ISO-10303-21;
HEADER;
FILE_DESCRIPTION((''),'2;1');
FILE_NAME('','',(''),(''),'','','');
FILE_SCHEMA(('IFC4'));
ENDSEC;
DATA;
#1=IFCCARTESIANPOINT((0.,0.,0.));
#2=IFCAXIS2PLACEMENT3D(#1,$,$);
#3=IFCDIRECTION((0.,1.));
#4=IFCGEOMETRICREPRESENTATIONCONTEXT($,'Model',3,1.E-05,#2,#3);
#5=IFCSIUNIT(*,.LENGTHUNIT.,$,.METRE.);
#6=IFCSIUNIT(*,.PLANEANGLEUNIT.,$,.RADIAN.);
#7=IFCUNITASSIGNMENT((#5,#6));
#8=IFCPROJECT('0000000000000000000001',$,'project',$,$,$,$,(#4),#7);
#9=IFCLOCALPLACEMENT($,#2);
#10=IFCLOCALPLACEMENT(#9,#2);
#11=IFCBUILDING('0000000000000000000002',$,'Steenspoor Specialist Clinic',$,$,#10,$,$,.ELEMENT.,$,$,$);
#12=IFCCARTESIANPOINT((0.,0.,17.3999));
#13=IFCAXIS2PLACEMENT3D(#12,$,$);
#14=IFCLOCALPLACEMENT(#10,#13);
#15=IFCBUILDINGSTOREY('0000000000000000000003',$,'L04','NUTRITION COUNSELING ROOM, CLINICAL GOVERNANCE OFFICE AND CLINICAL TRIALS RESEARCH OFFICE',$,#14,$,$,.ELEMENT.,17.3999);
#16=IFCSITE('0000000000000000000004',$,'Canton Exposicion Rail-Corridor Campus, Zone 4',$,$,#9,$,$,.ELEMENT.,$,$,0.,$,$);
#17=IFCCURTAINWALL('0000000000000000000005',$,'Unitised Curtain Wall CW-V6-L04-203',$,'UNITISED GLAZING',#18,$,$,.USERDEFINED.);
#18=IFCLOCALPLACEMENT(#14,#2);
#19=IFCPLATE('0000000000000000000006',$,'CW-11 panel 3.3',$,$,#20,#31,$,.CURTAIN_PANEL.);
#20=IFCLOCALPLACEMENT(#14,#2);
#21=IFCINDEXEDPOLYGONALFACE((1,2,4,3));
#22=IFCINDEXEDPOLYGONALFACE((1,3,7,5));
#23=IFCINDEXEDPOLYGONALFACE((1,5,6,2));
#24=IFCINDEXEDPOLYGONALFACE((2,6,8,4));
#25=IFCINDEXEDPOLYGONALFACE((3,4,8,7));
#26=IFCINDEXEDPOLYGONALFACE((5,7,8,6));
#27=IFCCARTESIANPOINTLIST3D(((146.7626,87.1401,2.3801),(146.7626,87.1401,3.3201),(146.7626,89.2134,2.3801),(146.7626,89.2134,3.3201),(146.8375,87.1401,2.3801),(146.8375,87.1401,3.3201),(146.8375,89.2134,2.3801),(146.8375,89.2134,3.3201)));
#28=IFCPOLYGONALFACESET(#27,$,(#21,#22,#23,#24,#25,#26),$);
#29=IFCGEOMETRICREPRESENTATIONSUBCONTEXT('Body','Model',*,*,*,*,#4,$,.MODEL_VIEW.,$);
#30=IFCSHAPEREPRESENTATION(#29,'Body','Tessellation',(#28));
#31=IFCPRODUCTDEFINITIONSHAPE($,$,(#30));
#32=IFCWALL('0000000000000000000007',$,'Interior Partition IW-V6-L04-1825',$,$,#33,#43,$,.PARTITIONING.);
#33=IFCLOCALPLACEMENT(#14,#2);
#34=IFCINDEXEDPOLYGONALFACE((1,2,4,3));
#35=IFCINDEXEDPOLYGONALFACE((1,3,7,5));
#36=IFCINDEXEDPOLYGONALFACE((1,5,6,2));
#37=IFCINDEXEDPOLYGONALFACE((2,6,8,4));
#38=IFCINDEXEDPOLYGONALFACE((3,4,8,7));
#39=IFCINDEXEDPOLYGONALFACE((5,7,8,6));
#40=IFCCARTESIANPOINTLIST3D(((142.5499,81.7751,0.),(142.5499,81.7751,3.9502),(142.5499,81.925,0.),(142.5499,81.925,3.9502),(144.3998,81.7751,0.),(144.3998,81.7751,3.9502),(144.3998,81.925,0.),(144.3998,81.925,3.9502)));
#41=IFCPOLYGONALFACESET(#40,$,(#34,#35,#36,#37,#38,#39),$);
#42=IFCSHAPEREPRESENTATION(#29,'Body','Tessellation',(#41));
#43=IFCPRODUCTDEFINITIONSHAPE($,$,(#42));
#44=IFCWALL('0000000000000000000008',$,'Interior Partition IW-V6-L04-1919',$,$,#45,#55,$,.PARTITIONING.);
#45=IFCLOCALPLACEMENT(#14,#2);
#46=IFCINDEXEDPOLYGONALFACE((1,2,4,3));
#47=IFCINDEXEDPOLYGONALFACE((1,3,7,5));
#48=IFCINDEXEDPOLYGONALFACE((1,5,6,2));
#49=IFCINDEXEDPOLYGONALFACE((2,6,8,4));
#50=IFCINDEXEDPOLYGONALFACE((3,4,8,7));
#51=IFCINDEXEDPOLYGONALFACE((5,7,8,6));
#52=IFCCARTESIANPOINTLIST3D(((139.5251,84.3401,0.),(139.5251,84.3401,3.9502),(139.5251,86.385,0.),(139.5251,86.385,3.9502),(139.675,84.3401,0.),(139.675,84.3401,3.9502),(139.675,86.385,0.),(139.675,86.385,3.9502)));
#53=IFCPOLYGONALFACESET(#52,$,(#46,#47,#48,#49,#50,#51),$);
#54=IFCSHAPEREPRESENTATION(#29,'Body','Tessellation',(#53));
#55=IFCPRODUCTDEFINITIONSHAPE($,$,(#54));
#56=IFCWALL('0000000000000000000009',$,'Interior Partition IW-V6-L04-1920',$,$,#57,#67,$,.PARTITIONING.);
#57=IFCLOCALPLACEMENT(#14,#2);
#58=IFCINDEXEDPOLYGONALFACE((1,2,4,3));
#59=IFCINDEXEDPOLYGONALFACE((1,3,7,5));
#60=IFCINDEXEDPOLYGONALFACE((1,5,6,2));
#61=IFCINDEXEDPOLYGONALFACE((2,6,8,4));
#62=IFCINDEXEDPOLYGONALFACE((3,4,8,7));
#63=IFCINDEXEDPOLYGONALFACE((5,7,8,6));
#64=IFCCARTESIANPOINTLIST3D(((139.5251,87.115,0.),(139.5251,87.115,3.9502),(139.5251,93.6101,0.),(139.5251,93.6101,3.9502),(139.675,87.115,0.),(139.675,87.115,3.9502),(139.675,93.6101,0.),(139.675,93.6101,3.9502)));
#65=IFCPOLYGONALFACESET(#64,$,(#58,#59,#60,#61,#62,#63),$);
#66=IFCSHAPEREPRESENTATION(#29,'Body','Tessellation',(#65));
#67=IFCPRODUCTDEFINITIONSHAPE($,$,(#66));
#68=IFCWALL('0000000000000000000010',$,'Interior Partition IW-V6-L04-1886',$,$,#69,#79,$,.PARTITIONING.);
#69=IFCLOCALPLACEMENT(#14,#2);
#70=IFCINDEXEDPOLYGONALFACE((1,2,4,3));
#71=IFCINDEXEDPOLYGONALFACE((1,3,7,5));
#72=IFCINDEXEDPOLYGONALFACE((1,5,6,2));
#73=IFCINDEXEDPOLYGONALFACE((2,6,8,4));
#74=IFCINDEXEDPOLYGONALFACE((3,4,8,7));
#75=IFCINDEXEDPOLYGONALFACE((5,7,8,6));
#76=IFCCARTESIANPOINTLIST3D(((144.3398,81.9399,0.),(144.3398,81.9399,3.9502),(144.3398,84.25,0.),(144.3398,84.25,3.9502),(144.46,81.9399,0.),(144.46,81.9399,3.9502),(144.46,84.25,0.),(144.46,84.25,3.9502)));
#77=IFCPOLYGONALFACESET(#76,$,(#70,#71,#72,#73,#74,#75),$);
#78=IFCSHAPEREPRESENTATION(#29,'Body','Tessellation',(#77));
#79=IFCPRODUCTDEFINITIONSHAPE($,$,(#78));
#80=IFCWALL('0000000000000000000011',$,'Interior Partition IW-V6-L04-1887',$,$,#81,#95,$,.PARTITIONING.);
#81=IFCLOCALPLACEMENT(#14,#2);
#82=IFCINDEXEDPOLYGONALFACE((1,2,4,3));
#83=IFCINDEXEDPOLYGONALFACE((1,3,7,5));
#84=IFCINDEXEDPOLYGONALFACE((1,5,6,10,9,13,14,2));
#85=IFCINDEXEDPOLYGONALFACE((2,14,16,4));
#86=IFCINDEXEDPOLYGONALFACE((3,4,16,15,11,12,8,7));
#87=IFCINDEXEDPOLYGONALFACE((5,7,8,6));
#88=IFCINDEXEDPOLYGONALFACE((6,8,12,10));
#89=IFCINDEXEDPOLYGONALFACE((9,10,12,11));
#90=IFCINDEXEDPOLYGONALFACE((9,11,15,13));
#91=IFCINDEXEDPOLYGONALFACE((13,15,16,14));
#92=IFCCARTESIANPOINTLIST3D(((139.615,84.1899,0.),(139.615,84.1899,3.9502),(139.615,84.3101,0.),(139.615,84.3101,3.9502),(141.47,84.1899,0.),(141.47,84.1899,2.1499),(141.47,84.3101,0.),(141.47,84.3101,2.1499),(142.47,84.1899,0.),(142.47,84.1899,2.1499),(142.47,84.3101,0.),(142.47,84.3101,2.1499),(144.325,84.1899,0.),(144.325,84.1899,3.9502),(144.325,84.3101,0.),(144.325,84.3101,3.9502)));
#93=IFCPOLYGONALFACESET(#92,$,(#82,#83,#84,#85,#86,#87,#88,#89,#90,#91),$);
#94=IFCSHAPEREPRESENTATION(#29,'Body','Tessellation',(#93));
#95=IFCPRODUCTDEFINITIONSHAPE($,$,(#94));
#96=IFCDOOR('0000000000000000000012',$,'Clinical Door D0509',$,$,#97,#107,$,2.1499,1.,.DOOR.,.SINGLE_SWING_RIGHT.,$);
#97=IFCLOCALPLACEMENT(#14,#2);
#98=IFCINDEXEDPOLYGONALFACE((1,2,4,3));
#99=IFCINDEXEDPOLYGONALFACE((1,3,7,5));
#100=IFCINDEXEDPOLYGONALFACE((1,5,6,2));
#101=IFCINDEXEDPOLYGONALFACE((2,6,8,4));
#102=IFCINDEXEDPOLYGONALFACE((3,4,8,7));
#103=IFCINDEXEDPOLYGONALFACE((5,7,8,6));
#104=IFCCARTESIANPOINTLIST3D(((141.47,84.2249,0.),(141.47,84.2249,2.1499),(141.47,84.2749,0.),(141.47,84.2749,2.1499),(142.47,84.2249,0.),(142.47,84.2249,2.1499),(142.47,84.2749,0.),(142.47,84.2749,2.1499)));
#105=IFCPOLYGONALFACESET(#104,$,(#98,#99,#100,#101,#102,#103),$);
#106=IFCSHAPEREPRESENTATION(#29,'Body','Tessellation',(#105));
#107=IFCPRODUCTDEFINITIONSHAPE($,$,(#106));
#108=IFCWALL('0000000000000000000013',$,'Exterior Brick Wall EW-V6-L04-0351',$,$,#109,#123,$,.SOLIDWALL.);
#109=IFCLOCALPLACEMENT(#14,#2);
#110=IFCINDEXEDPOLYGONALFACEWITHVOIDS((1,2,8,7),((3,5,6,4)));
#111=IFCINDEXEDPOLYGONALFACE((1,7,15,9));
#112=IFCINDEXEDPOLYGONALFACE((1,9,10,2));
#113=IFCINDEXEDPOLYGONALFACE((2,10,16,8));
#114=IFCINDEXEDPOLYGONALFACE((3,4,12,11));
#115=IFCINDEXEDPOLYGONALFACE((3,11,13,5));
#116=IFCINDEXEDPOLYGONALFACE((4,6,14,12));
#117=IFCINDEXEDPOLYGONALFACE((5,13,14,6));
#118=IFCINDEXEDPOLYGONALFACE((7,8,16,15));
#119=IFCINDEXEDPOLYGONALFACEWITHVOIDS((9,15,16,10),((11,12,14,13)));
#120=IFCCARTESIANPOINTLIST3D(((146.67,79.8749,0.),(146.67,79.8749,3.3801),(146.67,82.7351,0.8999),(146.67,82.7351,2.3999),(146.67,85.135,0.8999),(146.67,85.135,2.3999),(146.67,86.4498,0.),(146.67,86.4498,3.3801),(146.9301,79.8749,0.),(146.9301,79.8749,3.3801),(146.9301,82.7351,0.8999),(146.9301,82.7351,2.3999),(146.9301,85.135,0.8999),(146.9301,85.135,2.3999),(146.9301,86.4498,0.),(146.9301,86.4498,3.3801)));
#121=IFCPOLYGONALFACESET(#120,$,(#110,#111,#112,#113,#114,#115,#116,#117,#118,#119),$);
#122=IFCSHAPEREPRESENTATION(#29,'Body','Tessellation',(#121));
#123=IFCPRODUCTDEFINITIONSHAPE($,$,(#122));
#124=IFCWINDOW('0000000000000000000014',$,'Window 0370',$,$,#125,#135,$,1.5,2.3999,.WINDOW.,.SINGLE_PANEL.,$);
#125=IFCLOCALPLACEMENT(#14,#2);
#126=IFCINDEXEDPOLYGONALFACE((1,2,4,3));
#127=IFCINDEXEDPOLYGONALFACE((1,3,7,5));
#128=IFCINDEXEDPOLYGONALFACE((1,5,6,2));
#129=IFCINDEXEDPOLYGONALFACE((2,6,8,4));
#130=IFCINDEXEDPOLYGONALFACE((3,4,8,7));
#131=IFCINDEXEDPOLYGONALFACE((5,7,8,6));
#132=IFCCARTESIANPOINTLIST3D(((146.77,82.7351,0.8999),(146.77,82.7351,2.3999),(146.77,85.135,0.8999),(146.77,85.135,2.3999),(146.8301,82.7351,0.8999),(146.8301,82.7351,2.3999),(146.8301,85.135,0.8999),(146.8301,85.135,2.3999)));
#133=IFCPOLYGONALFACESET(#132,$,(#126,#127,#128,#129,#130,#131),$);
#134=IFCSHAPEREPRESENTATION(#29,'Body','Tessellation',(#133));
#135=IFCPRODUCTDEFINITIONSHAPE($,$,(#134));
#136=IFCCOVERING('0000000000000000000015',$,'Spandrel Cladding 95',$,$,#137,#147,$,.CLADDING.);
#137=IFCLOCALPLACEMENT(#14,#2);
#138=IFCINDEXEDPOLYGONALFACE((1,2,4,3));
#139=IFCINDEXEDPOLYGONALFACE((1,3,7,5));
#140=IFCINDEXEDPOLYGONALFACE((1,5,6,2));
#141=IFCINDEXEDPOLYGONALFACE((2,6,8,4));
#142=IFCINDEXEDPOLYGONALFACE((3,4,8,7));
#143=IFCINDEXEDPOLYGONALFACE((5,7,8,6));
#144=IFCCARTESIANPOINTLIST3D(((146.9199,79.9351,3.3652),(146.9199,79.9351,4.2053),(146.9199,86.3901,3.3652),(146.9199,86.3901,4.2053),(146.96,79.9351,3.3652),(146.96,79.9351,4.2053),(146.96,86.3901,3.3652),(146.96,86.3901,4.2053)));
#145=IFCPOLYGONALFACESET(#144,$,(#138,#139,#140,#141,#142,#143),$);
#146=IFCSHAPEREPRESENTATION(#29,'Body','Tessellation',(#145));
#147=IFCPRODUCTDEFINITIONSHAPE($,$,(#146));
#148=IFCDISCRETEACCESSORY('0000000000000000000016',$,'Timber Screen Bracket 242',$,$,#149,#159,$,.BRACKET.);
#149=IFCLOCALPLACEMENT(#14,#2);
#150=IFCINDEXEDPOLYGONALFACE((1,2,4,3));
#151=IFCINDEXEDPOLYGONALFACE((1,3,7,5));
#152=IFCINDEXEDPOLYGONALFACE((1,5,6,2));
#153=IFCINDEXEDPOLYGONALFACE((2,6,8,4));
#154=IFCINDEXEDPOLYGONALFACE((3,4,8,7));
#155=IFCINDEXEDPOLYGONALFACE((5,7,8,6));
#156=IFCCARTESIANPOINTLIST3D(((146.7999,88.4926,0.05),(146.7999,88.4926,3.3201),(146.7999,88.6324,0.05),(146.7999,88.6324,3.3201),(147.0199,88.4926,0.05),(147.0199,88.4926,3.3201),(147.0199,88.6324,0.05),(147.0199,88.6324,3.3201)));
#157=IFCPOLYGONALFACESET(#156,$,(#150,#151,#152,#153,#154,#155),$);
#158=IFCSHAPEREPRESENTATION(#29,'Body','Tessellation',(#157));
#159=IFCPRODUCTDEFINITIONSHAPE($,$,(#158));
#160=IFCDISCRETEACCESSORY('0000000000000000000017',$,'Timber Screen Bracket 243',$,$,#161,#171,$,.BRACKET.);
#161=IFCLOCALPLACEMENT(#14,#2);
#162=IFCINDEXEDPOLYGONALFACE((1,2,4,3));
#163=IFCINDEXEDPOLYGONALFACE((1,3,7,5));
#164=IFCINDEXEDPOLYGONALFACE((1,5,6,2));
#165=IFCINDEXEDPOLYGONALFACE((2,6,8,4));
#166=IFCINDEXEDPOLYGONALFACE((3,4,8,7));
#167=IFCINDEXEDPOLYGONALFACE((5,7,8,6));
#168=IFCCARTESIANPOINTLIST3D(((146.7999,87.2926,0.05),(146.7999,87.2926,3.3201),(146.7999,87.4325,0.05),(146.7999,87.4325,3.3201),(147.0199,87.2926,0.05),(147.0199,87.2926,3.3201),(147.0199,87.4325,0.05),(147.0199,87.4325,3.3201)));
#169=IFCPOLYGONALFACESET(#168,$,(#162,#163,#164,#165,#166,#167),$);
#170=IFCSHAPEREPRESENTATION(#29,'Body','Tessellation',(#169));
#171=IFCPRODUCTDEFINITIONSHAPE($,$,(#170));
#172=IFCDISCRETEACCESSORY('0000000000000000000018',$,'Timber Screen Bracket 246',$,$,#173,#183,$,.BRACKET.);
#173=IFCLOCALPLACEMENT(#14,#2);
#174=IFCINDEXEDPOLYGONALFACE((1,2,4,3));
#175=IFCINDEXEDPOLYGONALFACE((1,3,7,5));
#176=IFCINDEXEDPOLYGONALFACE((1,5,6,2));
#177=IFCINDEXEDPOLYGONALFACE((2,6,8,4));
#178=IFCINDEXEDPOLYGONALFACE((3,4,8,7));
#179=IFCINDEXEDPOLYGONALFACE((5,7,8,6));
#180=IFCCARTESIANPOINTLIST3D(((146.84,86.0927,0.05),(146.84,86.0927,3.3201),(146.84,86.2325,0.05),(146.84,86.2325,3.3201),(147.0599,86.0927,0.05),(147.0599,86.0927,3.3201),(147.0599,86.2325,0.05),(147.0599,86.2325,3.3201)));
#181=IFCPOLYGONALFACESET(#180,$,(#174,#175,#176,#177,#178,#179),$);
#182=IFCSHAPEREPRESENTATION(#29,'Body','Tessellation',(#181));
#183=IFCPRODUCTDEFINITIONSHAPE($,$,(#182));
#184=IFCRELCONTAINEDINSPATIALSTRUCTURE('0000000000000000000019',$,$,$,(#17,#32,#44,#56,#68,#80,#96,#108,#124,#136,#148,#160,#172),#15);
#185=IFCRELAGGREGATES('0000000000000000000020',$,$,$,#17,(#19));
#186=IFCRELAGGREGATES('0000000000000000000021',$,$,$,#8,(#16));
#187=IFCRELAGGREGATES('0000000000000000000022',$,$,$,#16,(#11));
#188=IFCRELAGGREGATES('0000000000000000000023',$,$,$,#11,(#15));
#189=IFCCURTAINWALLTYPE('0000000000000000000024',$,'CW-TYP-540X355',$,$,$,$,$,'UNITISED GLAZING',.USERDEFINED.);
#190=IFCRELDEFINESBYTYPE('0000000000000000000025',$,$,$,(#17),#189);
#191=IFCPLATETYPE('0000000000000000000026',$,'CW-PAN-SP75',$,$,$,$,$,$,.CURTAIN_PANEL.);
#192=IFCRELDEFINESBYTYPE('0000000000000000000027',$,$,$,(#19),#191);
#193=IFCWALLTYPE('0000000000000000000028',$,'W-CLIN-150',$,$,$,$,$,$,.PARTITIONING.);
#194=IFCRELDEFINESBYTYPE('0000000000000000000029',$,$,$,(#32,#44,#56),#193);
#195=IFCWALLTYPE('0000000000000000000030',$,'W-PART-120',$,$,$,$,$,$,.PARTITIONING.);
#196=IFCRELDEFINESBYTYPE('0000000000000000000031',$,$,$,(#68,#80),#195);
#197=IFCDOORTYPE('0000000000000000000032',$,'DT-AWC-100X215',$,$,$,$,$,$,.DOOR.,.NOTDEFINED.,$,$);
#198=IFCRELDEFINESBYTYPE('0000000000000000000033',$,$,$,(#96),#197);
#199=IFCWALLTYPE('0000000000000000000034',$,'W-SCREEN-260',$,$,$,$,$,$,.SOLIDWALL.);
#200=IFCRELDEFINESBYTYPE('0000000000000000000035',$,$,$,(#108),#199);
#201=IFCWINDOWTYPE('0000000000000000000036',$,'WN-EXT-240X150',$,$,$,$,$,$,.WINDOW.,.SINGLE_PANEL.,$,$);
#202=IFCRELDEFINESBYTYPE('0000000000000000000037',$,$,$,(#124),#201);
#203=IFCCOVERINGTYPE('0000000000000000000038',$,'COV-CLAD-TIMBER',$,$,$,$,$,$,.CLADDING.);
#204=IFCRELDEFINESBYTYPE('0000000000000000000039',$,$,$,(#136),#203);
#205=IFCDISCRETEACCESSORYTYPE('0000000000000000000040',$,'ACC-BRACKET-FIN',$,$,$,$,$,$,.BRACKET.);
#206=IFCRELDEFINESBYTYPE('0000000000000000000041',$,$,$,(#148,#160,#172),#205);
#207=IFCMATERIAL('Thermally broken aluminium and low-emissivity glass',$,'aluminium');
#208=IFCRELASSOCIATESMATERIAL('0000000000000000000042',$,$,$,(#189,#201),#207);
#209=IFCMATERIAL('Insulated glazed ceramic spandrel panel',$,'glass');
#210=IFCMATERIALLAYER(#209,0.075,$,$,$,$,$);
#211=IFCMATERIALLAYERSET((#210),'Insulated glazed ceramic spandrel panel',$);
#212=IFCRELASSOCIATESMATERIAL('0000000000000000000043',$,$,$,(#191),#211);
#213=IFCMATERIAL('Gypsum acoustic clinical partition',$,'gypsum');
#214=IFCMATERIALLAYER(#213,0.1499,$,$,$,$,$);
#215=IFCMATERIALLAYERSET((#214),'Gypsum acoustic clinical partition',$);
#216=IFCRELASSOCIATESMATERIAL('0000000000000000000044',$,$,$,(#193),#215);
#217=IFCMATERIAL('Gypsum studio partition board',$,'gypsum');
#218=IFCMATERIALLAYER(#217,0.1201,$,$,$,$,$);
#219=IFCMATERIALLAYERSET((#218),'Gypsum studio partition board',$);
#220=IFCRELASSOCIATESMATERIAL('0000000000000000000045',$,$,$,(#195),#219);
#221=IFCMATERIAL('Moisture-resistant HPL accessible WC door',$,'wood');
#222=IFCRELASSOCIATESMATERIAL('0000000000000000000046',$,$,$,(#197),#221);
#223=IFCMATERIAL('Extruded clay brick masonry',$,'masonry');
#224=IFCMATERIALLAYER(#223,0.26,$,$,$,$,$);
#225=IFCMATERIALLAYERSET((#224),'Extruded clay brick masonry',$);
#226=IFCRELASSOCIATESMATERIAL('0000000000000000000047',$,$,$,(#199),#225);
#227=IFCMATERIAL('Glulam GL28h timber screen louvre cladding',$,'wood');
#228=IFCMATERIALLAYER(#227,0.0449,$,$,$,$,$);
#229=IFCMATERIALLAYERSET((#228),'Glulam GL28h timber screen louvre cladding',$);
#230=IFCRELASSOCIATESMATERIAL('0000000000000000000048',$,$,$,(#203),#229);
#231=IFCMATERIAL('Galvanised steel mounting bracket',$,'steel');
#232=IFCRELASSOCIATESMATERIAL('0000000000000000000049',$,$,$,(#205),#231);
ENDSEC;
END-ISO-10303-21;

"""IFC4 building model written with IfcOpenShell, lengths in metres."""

from ifc_helpers import new_model, si_unit, direction, frame, frame_2d, origin, origin_2d, place, context, subcontext, project, spatial, rectangle, extrude, material, layer, layer_set, type_object, element, fill, aggregate, save


model = new_model("IFC4")

# Units and contexts
model_context = context("Model", 3, precision=1e-05, world=origin(), true_north=direction((0.0, 1.0)))
body_context = subcontext(model_context, "Body", "Model", "MODEL_VIEW")
ifc_project = project(units=[si_unit("LENGTHUNIT", "METRE"), si_unit("PLANEANGLEUNIT", "RADIAN")], contexts=[model_context])

# Site, building, storey
site_placement = place(None, origin())
site = spatial("IfcSite", under=ifc_project, at=site_placement, Name="Canton Exposicion Rail-Corridor Campus, Zone 4", CompositionType="ELEMENT", RefElevation=0.0)
building_placement = place(site_placement, origin())
building = spatial("IfcBuilding", under=site, at=building_placement, Name="Steenspoor Specialist Clinic", CompositionType="ELEMENT")
storey_placement = place(building_placement, frame((0.0, 0.0, 17.3999)))
storey = spatial("IfcBuildingStorey", under=building, at=storey_placement, Name="L04", Description="NUTRITION COUNSELING ROOM, CLINICAL GOVERNANCE OFFICE AND CLINICAL TRIALS RESEARCH OFFICE", CompositionType="ELEMENT", Elevation=17.3999)

# Curtain wall
ifc_material_1 = material(Name="Thermally broken aluminium and low-emissivity glass", Category="aluminium")
curtain_wall_type = type_object("IfcCurtainWallType", Name="CW-TYP-540X355", ElementType="UNITISED GLAZING", PredefinedType="USERDEFINED", material=ifc_material_1)
curtain_wall_placement = place(storey_placement, origin())
curtain_wall = element("IfcCurtainWall", 1, at=curtain_wall_placement, inside=storey, type_object=curtain_wall_type, Name="Unitised Curtain Wall CW-V6-L04-203", ObjectType="UNITISED GLAZING", PredefinedType="USERDEFINED")

# Plate
ifc_material_2 = material(Name="Insulated glazed ceramic spandrel panel", Category="glass")
ifc_layer_1 = layer(ifc_material_2, 0.075)
ifc_layer_set_1 = layer_set([ifc_layer_1], Name="Insulated glazed ceramic spandrel panel")
plate_type = type_object("IfcPlateType", Name="CW-PAN-SP75", PredefinedType="CURTAIN_PANEL", material=ifc_layer_set_1)
plate_1_placement = place(storey_placement, frame((146.8, 88.1768, 2.3801), z_axis=(0.0, 0.0, 1.0), x_axis=(0.0, -1.0, 0.0)))
plate_1 = element("IfcPlate", 2, at=plate_1_placement, type_object=plate_type, Name="CW-11 panel 3.3", PredefinedType="CURTAIN_PANEL", context=body_context, shape_type="SweptSolid", body=[
    extrude(rectangle(XDim=2.0732, YDim=0.075, at=origin_2d()), origin(), (0.0, 0.0, 1.0), 0.9399),
])
aggregate(curtain_wall, [plate_1])

# Walls
ifc_material_3 = material(Name="Gypsum acoustic clinical partition", Category="gypsum")
ifc_layer_2 = layer(ifc_material_3, 0.1499)
ifc_layer_set_2 = layer_set([ifc_layer_2], Name="Gypsum acoustic clinical partition")
wall_type_1 = type_object("IfcWallType", Name="W-CLIN-150", PredefinedType="PARTITIONING", material=ifc_layer_set_2)
wall_1_placement = place(storey_placement, frame((142.55, 81.8501, 0.0), z_axis=(0.0, 0.0, 1.0), x_axis=(1.0, 0.0, 0.0)))
element("IfcWall", 3, at=wall_1_placement, inside=storey, type_object=wall_type_1, Name="Interior Partition IW-V6-L04-1825", PredefinedType="PARTITIONING", context=body_context, shape_type="SweptSolid", body=[
    extrude(rectangle(XDim=1.8499, YDim=0.1499, at=frame_2d((0.9248, 0.0))), origin(), (0.0, 0.0, 1.0), 3.9502),
])
wall_2_placement = place(storey_placement, frame((139.6001, 84.3401, 0.0), z_axis=(0.0, 0.0, 1.0), x_axis=(0.0, 1.0, 0.0)))
element("IfcWall", 4, at=wall_2_placement, inside=storey, type_object=wall_type_1, Name="Interior Partition IW-V6-L04-1919", PredefinedType="PARTITIONING", context=body_context, shape_type="SweptSolid", body=[
    extrude(rectangle(XDim=2.0449, YDim=0.1499, at=frame_2d((1.0225, 0.0))), origin(), (0.0, 0.0, 1.0), 3.9502),
])
wall_3_placement = place(storey_placement, frame((139.6001, 87.115, 0.0), z_axis=(0.0, 0.0, 1.0), x_axis=(0.0, 1.0, 0.0)))
element("IfcWall", 5, at=wall_3_placement, inside=storey, type_object=wall_type_1, Name="Interior Partition IW-V6-L04-1920", PredefinedType="PARTITIONING", context=body_context, shape_type="SweptSolid", body=[
    extrude(rectangle(XDim=6.4951, YDim=0.1499, at=frame_2d((3.2476, 0.0))), origin(), (0.0, 0.0, 1.0), 3.9502),
])
ifc_material_4 = material(Name="Gypsum studio partition board", Category="gypsum")
ifc_layer_3 = layer(ifc_material_4, 0.1201)
ifc_layer_set_3 = layer_set([ifc_layer_3], Name="Gypsum studio partition board")
wall_type_2 = type_object("IfcWallType", Name="W-PART-120", PredefinedType="PARTITIONING", material=ifc_layer_set_3)
wall_4_placement = place(storey_placement, frame((144.3999, 81.9399, 0.0), z_axis=(0.0, 0.0, 1.0), x_axis=(0.0, 1.0, 0.0)))
element("IfcWall", 6, at=wall_4_placement, inside=storey, type_object=wall_type_2, Name="Interior Partition IW-V6-L04-1886", PredefinedType="PARTITIONING", context=body_context, shape_type="SweptSolid", body=[
    extrude(rectangle(XDim=2.3101, YDim=0.1201, at=frame_2d((1.155, 0.0))), origin(), (0.0, 0.0, 1.0), 3.9502),
])

# Wall, opening, door
wall_5_placement = place(storey_placement, frame((139.615, 84.25, 0.0), z_axis=(0.0, 0.0, 1.0), x_axis=(1.0, 0.0, 0.0)))
wall_5 = element("IfcWall", 7, at=wall_5_placement, inside=storey, type_object=wall_type_2, Name="Interior Partition IW-V6-L04-1887", PredefinedType="PARTITIONING", context=body_context, shape_type="SweptSolid", body=[
    extrude(rectangle(XDim=4.71, YDim=0.1201, at=frame_2d((2.355, 0.0))), origin(), (0.0, 0.0, 1.0), 3.9502),
])
opening_1_placement = place(wall_5_placement, frame((1.855, 0.0, 0.0)))
opening_1 = element("IfcOpeningElement", 8, at=opening_1_placement, cuts=wall_5, PredefinedType="OPENING", context=body_context, shape_type="SweptSolid", body=[
    extrude(rectangle(XDim=1.0, YDim=2.1499, at=frame_2d((0.5, 1.075))), frame((0.0, 0.0701, 0.0), z_axis=(0.0, -1.0, 0.0), x_axis=(1.0, 0.0, 0.0)), (0.0, 0.0, 1.0), 0.1401),
])
ifc_material_5 = material(Name="Moisture-resistant HPL accessible WC door", Category="wood")
door_type = type_object("IfcDoorType", Name="DT-AWC-100X215", OperationType="NOTDEFINED", PredefinedType="DOOR", material=ifc_material_5)
door_placement = place(opening_1_placement, origin())
door = element("IfcDoor", 9, at=door_placement, inside=storey, type_object=door_type, Name="Clinical Door D0509", OperationType="SINGLE_SWING_RIGHT", OverallHeight=2.1499, OverallWidth=1.0, PredefinedType="DOOR", context=body_context, shape_type="SweptSolid", body=[
    extrude(rectangle(XDim=1.0, YDim=2.1499, at=frame_2d((0.5, 1.075))), frame((0.0, 0.0249, 0.0), z_axis=(0.0, -1.0, 0.0), x_axis=(1.0, 0.0, 0.0)), (0.0, 0.0, 1.0), 0.05),
])
fill(opening_1, door)

# Wall, opening, window
ifc_material_6 = material(Name="Extruded clay brick masonry", Category="masonry")
ifc_layer_4 = layer(ifc_material_6, 0.26)
ifc_layer_set_4 = layer_set([ifc_layer_4], Name="Extruded clay brick masonry")
wall_type_3 = type_object("IfcWallType", Name="W-SCREEN-260", PredefinedType="SOLIDWALL", material=ifc_layer_set_4)
wall_6_placement = place(storey_placement, frame((146.8, 86.45, 0.0), z_axis=(0.0, 0.0, 1.0), x_axis=(0.0, -1.0, 0.0)))
wall_6 = element("IfcWall", 10, at=wall_6_placement, inside=storey, type_object=wall_type_3, Name="Exterior Brick Wall EW-V6-L04-0351", PredefinedType="SOLIDWALL", context=body_context, shape_type="SweptSolid", body=[
    extrude(rectangle(XDim=6.575, YDim=0.26, at=frame_2d((3.2876, 0.0))), origin(), (0.0, 0.0, 1.0), 3.3801),
])
opening_2_placement = place(wall_6_placement, frame((1.3149, 0.0, 0.8999)))
opening_2 = element("IfcOpeningElement", 11, at=opening_2_placement, cuts=wall_6, PredefinedType="OPENING", context=body_context, shape_type="SweptSolid", body=[
    extrude(rectangle(XDim=2.3999, YDim=1.5, at=frame_2d((1.2, 0.75))), frame((0.0, 0.1401, 0.0), z_axis=(0.0, -1.0, 0.0), x_axis=(1.0, 0.0, 0.0)), (0.0, 0.0, 1.0), 0.28),
])
window_type = type_object("IfcWindowType", Name="WN-EXT-240X150", PartitioningType="SINGLE_PANEL", PredefinedType="WINDOW", material=ifc_material_1)
window_placement = place(opening_2_placement, origin())
window = element("IfcWindow", 12, at=window_placement, inside=storey, type_object=window_type, Name="Window 0370", OverallHeight=1.5, OverallWidth=2.3999, PartitioningType="SINGLE_PANEL", PredefinedType="WINDOW", context=body_context, shape_type="SweptSolid", body=[
    extrude(rectangle(XDim=2.3999, YDim=1.5, at=frame_2d((1.2, 0.75))), frame((0.0, 0.03, 0.0), z_axis=(0.0, -1.0, 0.0), x_axis=(1.0, 0.0, 0.0)), (0.0, 0.0, 1.0), 0.0601),
])
fill(opening_2, window)

# Covering
ifc_material_7 = material(Name="Glulam GL28h timber screen louvre cladding", Category="wood")
ifc_layer_5 = layer(ifc_material_7, 0.0449)
ifc_layer_set_5 = layer_set([ifc_layer_5], Name="Glulam GL28h timber screen louvre cladding")
covering_type = type_object("IfcCoveringType", Name="COV-CLAD-TIMBER", PredefinedType="CLADDING", material=ifc_layer_set_5)
covering_placement = place(storey_placement, frame((146.9399, 83.1626, 3.3652), z_axis=(0.0, 0.0, 1.0), x_axis=(0.0, -1.0, 0.0)))
element("IfcCovering", 13, at=covering_placement, inside=storey, type_object=covering_type, Name="Spandrel Cladding 95", PredefinedType="CLADDING", context=body_context, shape_type="SweptSolid", body=[
    extrude(rectangle(XDim=6.4551, YDim=0.04, at=origin_2d()), origin(), (0.0, 0.0, 1.0), 0.8401),
])

# Discrete accessories
ifc_material_8 = material(Name="Galvanised steel mounting bracket", Category="steel")
discrete_accessory_type = type_object("IfcDiscreteAccessoryType", Name="ACC-BRACKET-FIN", PredefinedType="BRACKET", material=ifc_material_8)
for number, where, z_axis, x_axis, name in (
    (14, (146.9099, 88.5625, 0.05), (0.0, 0.0, 1.0), (1.0, 0.0, 0.0), "Timber Screen Bracket 242"),
    (15, (146.9099, 87.3625, 0.05), (0.0, 0.0, 1.0), (1.0, 0.0, 0.0), "Timber Screen Bracket 243"),
    (16, (146.95, 86.1626, 0.05), (0.0, 0.0, 1.0), (1.0, 0.0, 0.0), "Timber Screen Bracket 246"),
):
    element("IfcDiscreteAccessory", number, at=place(storey_placement, frame(where, z_axis=z_axis, x_axis=x_axis)), inside=storey, type_object=discrete_accessory_type, Name=name, PredefinedType="BRACKET", context=body_context, shape_type="SweptSolid", body=[
        extrude(rectangle(XDim=0.22, YDim=0.1399, at=origin_2d()), origin(), (0.0, 0.0, 1.0), 3.27),
    ])

save(model, "model.ifc")
